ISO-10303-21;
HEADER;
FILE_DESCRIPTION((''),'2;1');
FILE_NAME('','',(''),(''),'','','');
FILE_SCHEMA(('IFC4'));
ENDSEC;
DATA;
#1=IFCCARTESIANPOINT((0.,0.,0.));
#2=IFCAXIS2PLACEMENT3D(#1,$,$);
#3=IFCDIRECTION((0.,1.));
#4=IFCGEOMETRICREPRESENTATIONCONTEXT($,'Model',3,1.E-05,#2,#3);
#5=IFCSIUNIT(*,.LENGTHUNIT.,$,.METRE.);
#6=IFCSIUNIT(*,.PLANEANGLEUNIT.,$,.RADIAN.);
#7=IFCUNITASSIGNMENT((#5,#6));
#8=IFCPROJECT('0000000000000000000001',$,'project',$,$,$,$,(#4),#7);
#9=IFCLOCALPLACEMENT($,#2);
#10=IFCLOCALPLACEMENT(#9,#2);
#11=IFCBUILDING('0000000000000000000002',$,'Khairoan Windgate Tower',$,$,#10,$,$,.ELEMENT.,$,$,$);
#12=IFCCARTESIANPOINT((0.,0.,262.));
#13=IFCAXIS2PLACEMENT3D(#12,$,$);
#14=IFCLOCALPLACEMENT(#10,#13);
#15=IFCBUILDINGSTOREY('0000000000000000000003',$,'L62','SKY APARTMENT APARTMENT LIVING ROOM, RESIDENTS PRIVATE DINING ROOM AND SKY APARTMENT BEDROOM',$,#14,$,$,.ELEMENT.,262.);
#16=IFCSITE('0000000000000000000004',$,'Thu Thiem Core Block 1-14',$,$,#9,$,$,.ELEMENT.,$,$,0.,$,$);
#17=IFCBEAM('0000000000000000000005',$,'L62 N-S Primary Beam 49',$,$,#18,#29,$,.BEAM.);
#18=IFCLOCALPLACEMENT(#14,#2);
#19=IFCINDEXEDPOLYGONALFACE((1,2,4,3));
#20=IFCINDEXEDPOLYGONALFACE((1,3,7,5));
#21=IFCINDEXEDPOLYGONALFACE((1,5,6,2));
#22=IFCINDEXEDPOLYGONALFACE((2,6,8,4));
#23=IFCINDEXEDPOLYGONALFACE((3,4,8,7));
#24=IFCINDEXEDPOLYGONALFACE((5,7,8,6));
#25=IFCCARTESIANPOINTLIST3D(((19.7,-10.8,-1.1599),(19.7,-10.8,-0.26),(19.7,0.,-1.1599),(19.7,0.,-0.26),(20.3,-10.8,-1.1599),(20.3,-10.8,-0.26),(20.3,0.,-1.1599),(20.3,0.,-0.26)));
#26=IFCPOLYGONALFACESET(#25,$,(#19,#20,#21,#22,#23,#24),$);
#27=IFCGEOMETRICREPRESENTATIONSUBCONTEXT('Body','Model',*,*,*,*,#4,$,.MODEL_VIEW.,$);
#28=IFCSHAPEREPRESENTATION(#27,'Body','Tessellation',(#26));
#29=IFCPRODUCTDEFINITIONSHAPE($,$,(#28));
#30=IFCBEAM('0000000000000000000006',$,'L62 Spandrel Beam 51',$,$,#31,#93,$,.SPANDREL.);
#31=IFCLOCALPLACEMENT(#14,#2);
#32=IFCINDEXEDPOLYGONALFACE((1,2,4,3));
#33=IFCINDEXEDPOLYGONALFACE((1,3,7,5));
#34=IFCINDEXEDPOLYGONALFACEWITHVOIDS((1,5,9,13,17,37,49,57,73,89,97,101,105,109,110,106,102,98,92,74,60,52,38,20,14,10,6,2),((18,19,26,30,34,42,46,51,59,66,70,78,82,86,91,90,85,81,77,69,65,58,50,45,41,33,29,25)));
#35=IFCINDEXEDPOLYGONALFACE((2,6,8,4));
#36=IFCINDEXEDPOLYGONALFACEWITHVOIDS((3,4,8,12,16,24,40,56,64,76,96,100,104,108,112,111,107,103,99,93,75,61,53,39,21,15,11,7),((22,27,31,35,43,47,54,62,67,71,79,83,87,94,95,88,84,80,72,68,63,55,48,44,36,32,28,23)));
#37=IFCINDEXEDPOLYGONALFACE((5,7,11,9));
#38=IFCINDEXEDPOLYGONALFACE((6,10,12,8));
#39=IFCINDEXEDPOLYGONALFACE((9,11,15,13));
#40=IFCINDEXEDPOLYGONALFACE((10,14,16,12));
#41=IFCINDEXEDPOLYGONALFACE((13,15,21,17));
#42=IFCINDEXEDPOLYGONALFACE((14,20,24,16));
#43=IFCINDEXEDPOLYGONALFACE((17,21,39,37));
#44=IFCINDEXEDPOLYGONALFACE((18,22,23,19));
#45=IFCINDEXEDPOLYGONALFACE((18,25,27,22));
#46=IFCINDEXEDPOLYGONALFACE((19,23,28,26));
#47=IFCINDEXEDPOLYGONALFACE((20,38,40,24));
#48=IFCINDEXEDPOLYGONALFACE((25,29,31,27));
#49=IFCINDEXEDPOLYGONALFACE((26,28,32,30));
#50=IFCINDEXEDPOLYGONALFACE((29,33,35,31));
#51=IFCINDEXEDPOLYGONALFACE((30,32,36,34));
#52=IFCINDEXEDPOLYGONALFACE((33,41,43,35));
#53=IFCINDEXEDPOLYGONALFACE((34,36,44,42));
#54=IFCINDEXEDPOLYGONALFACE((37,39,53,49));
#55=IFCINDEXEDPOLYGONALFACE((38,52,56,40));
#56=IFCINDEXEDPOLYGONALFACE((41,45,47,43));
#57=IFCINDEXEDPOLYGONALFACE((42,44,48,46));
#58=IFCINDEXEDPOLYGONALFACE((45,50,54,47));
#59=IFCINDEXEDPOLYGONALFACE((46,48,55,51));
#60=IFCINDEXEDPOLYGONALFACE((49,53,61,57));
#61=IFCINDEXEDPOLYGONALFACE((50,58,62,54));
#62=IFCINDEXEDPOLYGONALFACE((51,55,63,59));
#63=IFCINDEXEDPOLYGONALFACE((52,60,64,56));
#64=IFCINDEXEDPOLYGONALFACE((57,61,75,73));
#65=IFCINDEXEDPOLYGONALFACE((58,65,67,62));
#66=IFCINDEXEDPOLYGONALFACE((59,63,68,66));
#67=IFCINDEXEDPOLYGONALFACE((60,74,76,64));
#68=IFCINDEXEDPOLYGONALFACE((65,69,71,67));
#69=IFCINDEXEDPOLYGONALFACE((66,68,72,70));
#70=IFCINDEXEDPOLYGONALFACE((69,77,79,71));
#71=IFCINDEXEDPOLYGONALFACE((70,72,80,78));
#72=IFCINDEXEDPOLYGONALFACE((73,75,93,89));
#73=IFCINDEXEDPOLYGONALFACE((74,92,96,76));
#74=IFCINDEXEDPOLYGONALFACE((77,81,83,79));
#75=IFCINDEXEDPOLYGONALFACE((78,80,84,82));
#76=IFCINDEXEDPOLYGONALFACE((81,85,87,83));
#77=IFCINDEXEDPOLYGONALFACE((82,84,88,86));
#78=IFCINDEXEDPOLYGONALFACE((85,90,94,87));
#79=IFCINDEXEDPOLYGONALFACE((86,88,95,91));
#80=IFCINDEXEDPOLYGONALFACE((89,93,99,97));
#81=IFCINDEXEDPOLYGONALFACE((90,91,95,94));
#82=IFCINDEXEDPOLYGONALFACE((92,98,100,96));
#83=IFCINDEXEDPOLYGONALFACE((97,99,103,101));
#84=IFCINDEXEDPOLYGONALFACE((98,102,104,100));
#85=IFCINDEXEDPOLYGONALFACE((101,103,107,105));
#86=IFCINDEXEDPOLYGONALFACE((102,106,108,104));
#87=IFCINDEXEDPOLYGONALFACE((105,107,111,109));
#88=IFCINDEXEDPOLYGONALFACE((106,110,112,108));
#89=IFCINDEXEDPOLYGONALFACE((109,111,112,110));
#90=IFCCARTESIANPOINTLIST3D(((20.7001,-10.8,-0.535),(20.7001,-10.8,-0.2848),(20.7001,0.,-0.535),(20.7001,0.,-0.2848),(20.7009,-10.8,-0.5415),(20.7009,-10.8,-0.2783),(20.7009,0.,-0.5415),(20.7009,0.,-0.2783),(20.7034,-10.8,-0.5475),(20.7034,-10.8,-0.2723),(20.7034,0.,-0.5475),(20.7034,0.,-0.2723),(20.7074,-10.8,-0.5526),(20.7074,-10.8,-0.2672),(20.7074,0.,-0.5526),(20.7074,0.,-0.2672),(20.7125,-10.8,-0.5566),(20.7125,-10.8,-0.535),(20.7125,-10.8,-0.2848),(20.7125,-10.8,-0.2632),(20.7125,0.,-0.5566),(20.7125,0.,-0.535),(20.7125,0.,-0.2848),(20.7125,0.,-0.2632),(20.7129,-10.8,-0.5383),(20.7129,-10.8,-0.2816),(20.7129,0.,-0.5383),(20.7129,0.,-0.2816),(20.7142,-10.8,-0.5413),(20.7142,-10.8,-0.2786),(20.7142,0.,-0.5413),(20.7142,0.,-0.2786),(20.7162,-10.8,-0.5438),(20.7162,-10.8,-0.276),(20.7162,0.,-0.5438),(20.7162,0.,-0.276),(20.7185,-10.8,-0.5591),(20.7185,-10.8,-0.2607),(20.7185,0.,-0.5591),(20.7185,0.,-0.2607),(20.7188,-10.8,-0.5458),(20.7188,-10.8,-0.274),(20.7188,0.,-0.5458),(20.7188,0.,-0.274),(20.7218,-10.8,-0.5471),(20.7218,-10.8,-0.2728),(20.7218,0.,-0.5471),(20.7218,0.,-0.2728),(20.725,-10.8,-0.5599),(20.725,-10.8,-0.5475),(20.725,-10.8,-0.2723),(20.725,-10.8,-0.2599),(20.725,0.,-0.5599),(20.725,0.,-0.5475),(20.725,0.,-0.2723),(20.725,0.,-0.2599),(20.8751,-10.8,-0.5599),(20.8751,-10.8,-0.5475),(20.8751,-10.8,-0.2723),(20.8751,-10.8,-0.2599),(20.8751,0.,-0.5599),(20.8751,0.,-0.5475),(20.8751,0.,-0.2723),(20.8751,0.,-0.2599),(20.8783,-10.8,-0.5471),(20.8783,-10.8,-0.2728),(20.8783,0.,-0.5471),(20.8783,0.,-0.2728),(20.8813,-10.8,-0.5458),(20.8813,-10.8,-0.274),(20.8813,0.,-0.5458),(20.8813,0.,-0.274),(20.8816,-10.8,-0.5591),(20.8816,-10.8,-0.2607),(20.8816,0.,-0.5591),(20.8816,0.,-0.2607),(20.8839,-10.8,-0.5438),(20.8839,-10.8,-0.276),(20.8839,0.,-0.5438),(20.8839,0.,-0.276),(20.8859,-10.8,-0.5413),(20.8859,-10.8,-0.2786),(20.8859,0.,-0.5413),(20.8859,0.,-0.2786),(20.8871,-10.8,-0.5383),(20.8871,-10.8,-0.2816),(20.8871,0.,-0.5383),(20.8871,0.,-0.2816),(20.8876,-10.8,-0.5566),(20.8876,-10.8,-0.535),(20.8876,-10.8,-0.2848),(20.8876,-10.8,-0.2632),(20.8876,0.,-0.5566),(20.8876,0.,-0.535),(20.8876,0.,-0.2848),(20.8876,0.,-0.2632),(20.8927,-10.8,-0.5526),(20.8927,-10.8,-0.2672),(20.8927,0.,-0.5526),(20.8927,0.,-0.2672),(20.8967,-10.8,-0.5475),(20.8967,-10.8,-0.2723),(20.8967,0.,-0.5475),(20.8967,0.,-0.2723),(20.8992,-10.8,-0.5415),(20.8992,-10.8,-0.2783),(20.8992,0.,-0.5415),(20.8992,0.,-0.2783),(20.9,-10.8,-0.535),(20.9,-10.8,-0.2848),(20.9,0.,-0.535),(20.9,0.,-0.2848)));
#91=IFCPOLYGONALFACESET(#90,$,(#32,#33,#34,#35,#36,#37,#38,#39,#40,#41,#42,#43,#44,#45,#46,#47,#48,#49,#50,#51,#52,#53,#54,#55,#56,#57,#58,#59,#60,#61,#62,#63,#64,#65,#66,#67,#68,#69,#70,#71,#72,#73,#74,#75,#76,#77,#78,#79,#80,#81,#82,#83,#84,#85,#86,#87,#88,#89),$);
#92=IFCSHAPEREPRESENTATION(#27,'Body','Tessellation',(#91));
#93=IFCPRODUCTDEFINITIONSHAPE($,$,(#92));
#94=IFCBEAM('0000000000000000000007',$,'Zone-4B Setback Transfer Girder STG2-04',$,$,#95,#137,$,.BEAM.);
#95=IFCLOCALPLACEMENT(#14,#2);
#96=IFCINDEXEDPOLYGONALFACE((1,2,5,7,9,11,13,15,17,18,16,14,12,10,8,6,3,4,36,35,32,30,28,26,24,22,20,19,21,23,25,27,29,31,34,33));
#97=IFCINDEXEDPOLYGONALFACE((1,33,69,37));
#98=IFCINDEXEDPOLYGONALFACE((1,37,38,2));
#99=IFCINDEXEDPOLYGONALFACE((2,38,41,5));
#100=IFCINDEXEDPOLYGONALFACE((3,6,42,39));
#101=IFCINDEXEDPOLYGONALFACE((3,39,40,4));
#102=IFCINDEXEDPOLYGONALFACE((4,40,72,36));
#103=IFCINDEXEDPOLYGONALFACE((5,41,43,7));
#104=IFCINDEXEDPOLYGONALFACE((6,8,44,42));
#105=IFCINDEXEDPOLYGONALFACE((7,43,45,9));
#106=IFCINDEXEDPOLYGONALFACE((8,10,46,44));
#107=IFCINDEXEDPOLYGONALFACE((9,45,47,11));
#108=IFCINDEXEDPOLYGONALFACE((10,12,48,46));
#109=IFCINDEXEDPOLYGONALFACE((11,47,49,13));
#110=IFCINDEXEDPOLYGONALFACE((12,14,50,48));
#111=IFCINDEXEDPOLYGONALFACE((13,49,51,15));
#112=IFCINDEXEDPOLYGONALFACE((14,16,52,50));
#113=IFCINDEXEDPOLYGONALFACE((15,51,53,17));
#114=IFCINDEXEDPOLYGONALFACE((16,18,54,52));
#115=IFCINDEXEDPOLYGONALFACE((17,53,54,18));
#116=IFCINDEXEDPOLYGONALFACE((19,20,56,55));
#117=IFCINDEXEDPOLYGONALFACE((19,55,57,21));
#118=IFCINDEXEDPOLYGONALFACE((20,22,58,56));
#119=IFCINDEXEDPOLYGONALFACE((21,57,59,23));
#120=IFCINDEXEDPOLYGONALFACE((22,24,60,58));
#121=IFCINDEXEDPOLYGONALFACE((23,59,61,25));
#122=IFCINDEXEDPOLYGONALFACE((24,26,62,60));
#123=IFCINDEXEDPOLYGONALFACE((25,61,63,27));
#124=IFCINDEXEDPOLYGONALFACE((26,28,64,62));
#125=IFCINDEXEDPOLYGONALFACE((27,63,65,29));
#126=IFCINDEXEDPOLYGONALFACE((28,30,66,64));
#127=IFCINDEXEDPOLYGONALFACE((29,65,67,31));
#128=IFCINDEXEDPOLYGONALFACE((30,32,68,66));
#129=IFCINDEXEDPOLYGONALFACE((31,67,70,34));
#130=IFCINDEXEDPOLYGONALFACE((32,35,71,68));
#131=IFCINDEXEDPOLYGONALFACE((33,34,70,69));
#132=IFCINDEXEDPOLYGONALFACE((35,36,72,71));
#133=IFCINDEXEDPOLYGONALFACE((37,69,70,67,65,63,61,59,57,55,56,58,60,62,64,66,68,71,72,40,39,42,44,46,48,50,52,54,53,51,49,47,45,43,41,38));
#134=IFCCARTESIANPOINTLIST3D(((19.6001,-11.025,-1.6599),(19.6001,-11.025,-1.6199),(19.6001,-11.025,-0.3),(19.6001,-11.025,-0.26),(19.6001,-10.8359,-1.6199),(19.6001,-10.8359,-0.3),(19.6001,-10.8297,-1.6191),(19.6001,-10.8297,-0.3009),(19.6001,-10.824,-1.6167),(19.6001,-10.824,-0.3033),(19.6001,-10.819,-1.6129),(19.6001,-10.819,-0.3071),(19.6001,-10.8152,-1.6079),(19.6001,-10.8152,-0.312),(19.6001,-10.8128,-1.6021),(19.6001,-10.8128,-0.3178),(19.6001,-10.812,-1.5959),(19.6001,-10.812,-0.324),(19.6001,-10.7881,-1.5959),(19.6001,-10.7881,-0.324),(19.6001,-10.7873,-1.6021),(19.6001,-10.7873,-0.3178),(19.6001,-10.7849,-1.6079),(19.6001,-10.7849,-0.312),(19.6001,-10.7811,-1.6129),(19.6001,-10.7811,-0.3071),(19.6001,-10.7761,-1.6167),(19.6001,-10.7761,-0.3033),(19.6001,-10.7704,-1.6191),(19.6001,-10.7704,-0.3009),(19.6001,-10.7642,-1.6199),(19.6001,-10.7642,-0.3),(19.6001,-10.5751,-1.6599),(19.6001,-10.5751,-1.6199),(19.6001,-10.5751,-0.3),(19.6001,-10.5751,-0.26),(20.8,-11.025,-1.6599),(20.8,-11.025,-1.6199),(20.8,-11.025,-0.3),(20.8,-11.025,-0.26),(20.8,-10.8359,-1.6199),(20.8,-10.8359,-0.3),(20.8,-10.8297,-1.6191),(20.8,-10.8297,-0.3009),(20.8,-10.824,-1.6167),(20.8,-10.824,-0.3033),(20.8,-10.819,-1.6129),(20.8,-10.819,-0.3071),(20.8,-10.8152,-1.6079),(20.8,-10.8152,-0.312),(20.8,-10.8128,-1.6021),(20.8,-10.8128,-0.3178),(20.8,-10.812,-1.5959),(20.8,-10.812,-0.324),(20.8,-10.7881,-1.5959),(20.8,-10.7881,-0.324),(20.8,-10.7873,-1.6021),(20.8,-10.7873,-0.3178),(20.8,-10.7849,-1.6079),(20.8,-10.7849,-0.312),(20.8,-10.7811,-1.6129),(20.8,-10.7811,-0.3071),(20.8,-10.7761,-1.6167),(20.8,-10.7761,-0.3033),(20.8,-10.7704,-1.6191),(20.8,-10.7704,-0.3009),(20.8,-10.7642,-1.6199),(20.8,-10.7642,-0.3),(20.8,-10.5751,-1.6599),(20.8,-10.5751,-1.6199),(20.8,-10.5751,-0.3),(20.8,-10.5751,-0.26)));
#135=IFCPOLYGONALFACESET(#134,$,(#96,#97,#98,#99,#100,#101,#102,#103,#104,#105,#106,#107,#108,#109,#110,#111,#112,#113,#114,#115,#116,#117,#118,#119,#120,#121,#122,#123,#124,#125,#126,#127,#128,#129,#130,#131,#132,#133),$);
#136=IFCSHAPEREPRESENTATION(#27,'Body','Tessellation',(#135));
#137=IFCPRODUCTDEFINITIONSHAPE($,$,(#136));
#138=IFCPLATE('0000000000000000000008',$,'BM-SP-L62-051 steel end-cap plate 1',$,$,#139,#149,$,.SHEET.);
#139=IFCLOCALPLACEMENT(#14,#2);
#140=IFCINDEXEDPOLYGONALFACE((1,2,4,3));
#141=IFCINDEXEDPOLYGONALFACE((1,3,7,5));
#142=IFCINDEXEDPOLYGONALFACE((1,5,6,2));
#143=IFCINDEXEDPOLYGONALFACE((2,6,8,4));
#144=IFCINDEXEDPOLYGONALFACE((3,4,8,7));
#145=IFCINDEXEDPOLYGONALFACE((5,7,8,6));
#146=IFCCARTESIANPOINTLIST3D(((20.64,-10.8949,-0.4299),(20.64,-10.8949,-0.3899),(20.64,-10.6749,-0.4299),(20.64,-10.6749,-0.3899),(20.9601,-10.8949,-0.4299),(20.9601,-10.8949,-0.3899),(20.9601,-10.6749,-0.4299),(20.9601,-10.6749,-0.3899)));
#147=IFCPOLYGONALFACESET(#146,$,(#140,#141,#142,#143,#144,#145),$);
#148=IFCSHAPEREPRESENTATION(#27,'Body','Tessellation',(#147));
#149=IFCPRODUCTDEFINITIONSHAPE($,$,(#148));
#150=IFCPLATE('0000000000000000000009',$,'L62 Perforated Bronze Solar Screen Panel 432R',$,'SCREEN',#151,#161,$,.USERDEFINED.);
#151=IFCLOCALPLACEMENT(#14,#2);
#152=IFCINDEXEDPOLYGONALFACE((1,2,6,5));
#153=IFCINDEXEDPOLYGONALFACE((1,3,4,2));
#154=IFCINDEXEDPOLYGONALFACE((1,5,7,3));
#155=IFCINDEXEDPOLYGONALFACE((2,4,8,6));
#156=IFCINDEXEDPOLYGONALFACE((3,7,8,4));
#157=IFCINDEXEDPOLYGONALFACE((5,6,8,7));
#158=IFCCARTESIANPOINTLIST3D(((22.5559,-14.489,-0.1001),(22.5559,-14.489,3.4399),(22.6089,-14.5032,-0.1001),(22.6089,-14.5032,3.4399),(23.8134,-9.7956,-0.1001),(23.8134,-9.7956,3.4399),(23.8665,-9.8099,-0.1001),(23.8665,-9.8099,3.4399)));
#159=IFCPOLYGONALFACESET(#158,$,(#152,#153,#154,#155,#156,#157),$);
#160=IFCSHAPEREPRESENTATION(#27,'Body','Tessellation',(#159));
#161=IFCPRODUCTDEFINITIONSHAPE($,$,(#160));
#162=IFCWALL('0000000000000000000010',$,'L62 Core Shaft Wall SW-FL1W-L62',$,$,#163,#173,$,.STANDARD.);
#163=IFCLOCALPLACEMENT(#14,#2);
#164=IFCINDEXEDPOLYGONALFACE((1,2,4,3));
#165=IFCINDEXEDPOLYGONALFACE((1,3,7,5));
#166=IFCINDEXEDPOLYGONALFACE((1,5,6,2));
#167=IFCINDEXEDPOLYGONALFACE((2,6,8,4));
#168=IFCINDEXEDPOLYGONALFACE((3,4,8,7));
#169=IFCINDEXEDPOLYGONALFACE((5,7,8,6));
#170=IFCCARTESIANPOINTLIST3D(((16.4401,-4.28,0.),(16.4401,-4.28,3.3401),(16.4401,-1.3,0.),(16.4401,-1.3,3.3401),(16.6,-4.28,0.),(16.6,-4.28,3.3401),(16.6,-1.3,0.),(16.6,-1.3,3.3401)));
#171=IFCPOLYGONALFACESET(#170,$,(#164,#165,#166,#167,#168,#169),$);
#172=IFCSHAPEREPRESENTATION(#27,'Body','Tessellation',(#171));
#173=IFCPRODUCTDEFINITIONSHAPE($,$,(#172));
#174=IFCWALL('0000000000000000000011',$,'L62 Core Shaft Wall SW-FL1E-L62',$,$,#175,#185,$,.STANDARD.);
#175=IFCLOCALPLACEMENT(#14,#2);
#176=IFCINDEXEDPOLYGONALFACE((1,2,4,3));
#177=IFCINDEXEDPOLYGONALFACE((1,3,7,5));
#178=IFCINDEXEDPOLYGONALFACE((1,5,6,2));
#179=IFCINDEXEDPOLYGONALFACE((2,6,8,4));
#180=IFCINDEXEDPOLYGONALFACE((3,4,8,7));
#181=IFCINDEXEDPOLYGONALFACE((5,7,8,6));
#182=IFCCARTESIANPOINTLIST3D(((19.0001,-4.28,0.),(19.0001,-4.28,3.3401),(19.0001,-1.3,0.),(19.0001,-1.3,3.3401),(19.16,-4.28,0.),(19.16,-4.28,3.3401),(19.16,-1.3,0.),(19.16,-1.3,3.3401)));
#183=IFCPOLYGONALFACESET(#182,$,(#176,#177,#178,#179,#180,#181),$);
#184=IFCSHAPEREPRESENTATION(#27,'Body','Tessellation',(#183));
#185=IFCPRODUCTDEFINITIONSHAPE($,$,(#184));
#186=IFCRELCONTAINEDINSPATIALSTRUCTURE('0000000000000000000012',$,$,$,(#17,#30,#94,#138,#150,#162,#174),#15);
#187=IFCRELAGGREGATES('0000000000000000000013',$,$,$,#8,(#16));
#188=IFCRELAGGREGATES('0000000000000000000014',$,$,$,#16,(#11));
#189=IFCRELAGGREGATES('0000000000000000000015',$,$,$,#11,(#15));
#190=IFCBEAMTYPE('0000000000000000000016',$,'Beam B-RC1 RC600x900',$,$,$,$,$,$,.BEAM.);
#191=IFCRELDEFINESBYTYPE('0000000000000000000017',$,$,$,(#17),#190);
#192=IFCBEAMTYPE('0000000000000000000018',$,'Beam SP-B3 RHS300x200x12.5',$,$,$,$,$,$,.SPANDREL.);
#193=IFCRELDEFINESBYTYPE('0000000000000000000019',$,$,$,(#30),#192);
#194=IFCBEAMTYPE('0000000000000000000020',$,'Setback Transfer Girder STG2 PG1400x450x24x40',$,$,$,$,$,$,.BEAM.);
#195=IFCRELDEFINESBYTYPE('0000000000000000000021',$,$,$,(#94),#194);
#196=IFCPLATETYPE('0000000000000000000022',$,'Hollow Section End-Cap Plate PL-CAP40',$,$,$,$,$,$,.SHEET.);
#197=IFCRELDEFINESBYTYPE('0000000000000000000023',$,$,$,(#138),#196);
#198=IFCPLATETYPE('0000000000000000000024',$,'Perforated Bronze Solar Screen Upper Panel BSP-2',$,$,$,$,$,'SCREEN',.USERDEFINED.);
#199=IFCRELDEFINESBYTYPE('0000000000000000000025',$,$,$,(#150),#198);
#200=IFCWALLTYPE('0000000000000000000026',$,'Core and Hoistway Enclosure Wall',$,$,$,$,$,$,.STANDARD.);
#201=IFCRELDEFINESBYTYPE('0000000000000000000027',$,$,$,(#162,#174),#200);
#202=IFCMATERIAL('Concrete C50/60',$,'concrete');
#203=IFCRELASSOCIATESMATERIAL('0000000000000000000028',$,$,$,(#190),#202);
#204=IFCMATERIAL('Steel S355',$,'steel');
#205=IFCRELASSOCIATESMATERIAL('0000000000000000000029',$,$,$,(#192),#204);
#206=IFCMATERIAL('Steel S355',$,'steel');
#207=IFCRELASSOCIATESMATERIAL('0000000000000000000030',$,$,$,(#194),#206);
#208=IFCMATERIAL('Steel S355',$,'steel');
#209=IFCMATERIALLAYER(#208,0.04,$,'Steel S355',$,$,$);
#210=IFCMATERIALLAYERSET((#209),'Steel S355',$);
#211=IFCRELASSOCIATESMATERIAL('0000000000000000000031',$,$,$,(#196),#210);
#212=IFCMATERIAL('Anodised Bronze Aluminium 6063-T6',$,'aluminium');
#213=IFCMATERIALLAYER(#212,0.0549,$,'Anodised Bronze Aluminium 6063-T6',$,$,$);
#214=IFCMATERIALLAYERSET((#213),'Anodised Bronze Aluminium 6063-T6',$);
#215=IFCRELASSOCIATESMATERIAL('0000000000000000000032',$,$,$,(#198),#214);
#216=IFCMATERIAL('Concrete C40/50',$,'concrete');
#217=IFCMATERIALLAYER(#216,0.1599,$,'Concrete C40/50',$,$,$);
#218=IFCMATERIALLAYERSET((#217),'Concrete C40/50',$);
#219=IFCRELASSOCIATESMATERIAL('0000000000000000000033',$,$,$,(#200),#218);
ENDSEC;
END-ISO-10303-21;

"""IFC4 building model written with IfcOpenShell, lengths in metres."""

from ifc_helpers import new_model, si_unit, direction, frame, frame_2d, origin, origin_2d, place, context, subcontext, project, spatial, rectangle, hollow_rectangle, i_section, extrude, material, layer, layer_set, material_profile, profile_set, type_object, element, save


model = new_model("IFC4")

# Units and contexts
model_context = context("Model", 3, precision=1e-05, world=origin(), true_north=direction((0.0, 1.0)))
body_context = subcontext(model_context, "Body", "Model", "MODEL_VIEW")
ifc_project = project(units=[si_unit("LENGTHUNIT", "METRE"), si_unit("PLANEANGLEUNIT", "RADIAN")], contexts=[model_context])

# Site, building, storey
site_placement = place(None, origin())
site = spatial("IfcSite", under=ifc_project, at=site_placement, Name="Thu Thiem Core Block 1-14", CompositionType="ELEMENT", RefElevation=0.0)
building_placement = place(site_placement, origin())
building = spatial("IfcBuilding", under=site, at=building_placement, Name="Khairoan Windgate Tower", CompositionType="ELEMENT")
storey_placement = place(building_placement, frame((0.0, 0.0, 262.0)))
storey = spatial("IfcBuildingStorey", under=building, at=storey_placement, Name="L62", Description="SKY APARTMENT APARTMENT LIVING ROOM, RESIDENTS PRIVATE DINING ROOM AND SKY APARTMENT BEDROOM", CompositionType="ELEMENT", Elevation=262.0)

# Beams
ifc_material_1 = material(Name="Concrete C50/60", Category="concrete")
ifc_material_profile_1 = material_profile(ifc_material_1, rectangle(XDim=0.6001, YDim=0.8999, at=origin_2d()))
ifc_profile_set_1 = profile_set([ifc_material_profile_1], Name="Concrete C50/60")
beam_type_1 = type_object("IfcBeamType", Name="Beam B-RC1 RC600x900", PredefinedType="BEAM", material=ifc_profile_set_1)
beam_1_placement = place(storey_placement, frame((20.0, -10.8, -0.71), z_axis=(0.0, 1.0, 0.0), x_axis=(-1.0, 0.0, 0.0)))
element("IfcBeam", 1, at=beam_1_placement, inside=storey, type_object=beam_type_1, Name="L62 N-S Primary Beam 49", PredefinedType="BEAM", context=body_context, shape_type="SweptSolid", body=[
    extrude(rectangle(XDim=0.6001, YDim=0.8999, at=origin_2d()), origin(), (0.0, 0.0, 1.0), 10.8),
])
ifc_material_2 = material(Name="Steel S355", Category="steel")
ifc_material_profile_2 = material_profile(ifc_material_2, hollow_rectangle(XDim=0.2, YDim=0.3, WallThickness=0.0125, InnerFilletRadius=0.0125, OuterFilletRadius=0.0249, at=origin_2d()))
ifc_profile_set_2 = profile_set([ifc_material_profile_2], Name="Steel S355")
beam_type_2 = type_object("IfcBeamType", Name="Beam SP-B3 RHS300x200x12.5", PredefinedType="SPANDREL", material=ifc_profile_set_2)
beam_2_placement = place(storey_placement, frame((20.8, -10.8, -0.4099), z_axis=(0.0, 1.0, 0.0), x_axis=(-1.0, 0.0, 0.0)))
element("IfcBeam", 2, at=beam_2_placement, inside=storey, type_object=beam_type_2, Name="L62 Spandrel Beam 51", PredefinedType="SPANDREL", context=body_context, shape_type="SweptSolid", body=[
    extrude(hollow_rectangle(XDim=0.2, YDim=0.3, WallThickness=0.0125, InnerFilletRadius=0.0125, OuterFilletRadius=0.0249, at=origin_2d()), origin(), (0.0, 0.0, 1.0), 10.8),
])
ifc_material_3 = material(Name="Steel S355", Category="steel")
ifc_material_profile_3 = material_profile(ifc_material_3, i_section(OverallWidth=0.45, OverallDepth=1.3999, WebThickness=0.0239, FlangeThickness=0.04, FilletRadius=0.0239, at=origin_2d()))
ifc_profile_set_3 = profile_set([ifc_material_profile_3], Name="Steel S355")
beam_type_3 = type_object("IfcBeamType", Name="Setback Transfer Girder STG2 PG1400x450x24x40", PredefinedType="BEAM", material=ifc_profile_set_3)
beam_3_placement = place(storey_placement, frame((19.6001, -10.8, -0.96), z_axis=(1.0, 0.0, 0.0), x_axis=(0.0, 1.0, 0.0)))
element("IfcBeam", 3, at=beam_3_placement, inside=storey, type_object=beam_type_3, Name="Zone-4B Setback Transfer Girder STG2-04", PredefinedType="BEAM", context=body_context, shape_type="SweptSolid", body=[
    extrude(i_section(OverallWidth=0.45, OverallDepth=1.3999, WebThickness=0.0239, FlangeThickness=0.04, FilletRadius=0.0239, at=origin_2d()), origin(), (0.0, 0.0, 1.0), 1.2),
])

# Plates
ifc_material_4 = material(Name="Steel S355", Category="steel")
ifc_layer_1 = layer(ifc_material_4, 0.04, Name="Steel S355")
ifc_layer_set_1 = layer_set([ifc_layer_1], Name="Steel S355")
plate_type_1 = type_object("IfcPlateType", Name="Hollow Section End-Cap Plate PL-CAP40", PredefinedType="SHEET", material=ifc_layer_set_1)
plate_1_placement = place(storey_placement, frame((20.8, -10.7849, -0.4299), z_axis=(0.0, 0.0, 1.0), x_axis=(0.0, 1.0, 0.0)))
element("IfcPlate", 4, at=plate_1_placement, inside=storey, type_object=plate_type_1, Name="BM-SP-L62-051 steel end-cap plate 1", PredefinedType="SHEET", context=body_context, shape_type="SweptSolid", body=[
    extrude(rectangle(XDim=0.22, YDim=0.3201, at=origin_2d()), origin(), (0.0, 0.0, 1.0), 0.04),
])
ifc_material_5 = material(Name="Anodised Bronze Aluminium 6063-T6", Category="aluminium")
ifc_layer_2 = layer(ifc_material_5, 0.0549, Name="Anodised Bronze Aluminium 6063-T6")
ifc_layer_set_2 = layer_set([ifc_layer_2], Name="Anodised Bronze Aluminium 6063-T6")
plate_type_2 = type_object("IfcPlateType", Name="Perforated Bronze Solar Screen Upper Panel BSP-2", ElementType="SCREEN", PredefinedType="USERDEFINED", material=ifc_layer_set_2)
plate_2_placement = place(storey_placement, frame((23.2112, -12.1494, -0.1001), z_axis=(0.0, 0.0, 1.0), x_axis=(-0.258819, -0.965926, 0.0)))
element("IfcPlate", 5, at=plate_2_placement, inside=storey, type_object=plate_type_2, Name="L62 Perforated Bronze Solar Screen Panel 432R", ObjectType="SCREEN", PredefinedType="USERDEFINED", context=body_context, shape_type="SweptSolid", body=[
    extrude(rectangle(XDim=4.8589, YDim=0.0549, at=origin_2d()), origin(), (0.0, 0.0, 1.0), 3.54),
])

# Walls
ifc_material_6 = material(Name="Concrete C40/50", Category="concrete")
ifc_layer_3 = layer(ifc_material_6, 0.1599, Name="Concrete C40/50")
ifc_layer_set_3 = layer_set([ifc_layer_3], Name="Concrete C40/50")
wall_type_1 = type_object("IfcWallType", Name="Core and Hoistway Enclosure Wall", PredefinedType="STANDARD", material=ifc_layer_set_3)
for number, where, z_axis, x_axis, name in (
    (6, (16.52, -4.28, 0.0), (0.0, 0.0, 1.0), (0.0, 1.0, 0.0), "L62 Core Shaft Wall SW-FL1W-L62"),
    (7, (19.0801, -4.28, 0.0), (0.0, 0.0, 1.0), (0.0, 1.0, 0.0), "L62 Core Shaft Wall SW-FL1E-L62"),
):
    element("IfcWall", number, at=place(storey_placement, frame(where, z_axis=z_axis, x_axis=x_axis)), inside=storey, type_object=wall_type_1, Name=name, PredefinedType="STANDARD", context=body_context, shape_type="SweptSolid", body=[
        extrude(rectangle(XDim=2.98, YDim=0.1599, at=frame_2d((1.49, 0.0))), origin(), (0.0, 0.0, 1.0), 3.3401),
    ])

save(model, "model.ifc")
